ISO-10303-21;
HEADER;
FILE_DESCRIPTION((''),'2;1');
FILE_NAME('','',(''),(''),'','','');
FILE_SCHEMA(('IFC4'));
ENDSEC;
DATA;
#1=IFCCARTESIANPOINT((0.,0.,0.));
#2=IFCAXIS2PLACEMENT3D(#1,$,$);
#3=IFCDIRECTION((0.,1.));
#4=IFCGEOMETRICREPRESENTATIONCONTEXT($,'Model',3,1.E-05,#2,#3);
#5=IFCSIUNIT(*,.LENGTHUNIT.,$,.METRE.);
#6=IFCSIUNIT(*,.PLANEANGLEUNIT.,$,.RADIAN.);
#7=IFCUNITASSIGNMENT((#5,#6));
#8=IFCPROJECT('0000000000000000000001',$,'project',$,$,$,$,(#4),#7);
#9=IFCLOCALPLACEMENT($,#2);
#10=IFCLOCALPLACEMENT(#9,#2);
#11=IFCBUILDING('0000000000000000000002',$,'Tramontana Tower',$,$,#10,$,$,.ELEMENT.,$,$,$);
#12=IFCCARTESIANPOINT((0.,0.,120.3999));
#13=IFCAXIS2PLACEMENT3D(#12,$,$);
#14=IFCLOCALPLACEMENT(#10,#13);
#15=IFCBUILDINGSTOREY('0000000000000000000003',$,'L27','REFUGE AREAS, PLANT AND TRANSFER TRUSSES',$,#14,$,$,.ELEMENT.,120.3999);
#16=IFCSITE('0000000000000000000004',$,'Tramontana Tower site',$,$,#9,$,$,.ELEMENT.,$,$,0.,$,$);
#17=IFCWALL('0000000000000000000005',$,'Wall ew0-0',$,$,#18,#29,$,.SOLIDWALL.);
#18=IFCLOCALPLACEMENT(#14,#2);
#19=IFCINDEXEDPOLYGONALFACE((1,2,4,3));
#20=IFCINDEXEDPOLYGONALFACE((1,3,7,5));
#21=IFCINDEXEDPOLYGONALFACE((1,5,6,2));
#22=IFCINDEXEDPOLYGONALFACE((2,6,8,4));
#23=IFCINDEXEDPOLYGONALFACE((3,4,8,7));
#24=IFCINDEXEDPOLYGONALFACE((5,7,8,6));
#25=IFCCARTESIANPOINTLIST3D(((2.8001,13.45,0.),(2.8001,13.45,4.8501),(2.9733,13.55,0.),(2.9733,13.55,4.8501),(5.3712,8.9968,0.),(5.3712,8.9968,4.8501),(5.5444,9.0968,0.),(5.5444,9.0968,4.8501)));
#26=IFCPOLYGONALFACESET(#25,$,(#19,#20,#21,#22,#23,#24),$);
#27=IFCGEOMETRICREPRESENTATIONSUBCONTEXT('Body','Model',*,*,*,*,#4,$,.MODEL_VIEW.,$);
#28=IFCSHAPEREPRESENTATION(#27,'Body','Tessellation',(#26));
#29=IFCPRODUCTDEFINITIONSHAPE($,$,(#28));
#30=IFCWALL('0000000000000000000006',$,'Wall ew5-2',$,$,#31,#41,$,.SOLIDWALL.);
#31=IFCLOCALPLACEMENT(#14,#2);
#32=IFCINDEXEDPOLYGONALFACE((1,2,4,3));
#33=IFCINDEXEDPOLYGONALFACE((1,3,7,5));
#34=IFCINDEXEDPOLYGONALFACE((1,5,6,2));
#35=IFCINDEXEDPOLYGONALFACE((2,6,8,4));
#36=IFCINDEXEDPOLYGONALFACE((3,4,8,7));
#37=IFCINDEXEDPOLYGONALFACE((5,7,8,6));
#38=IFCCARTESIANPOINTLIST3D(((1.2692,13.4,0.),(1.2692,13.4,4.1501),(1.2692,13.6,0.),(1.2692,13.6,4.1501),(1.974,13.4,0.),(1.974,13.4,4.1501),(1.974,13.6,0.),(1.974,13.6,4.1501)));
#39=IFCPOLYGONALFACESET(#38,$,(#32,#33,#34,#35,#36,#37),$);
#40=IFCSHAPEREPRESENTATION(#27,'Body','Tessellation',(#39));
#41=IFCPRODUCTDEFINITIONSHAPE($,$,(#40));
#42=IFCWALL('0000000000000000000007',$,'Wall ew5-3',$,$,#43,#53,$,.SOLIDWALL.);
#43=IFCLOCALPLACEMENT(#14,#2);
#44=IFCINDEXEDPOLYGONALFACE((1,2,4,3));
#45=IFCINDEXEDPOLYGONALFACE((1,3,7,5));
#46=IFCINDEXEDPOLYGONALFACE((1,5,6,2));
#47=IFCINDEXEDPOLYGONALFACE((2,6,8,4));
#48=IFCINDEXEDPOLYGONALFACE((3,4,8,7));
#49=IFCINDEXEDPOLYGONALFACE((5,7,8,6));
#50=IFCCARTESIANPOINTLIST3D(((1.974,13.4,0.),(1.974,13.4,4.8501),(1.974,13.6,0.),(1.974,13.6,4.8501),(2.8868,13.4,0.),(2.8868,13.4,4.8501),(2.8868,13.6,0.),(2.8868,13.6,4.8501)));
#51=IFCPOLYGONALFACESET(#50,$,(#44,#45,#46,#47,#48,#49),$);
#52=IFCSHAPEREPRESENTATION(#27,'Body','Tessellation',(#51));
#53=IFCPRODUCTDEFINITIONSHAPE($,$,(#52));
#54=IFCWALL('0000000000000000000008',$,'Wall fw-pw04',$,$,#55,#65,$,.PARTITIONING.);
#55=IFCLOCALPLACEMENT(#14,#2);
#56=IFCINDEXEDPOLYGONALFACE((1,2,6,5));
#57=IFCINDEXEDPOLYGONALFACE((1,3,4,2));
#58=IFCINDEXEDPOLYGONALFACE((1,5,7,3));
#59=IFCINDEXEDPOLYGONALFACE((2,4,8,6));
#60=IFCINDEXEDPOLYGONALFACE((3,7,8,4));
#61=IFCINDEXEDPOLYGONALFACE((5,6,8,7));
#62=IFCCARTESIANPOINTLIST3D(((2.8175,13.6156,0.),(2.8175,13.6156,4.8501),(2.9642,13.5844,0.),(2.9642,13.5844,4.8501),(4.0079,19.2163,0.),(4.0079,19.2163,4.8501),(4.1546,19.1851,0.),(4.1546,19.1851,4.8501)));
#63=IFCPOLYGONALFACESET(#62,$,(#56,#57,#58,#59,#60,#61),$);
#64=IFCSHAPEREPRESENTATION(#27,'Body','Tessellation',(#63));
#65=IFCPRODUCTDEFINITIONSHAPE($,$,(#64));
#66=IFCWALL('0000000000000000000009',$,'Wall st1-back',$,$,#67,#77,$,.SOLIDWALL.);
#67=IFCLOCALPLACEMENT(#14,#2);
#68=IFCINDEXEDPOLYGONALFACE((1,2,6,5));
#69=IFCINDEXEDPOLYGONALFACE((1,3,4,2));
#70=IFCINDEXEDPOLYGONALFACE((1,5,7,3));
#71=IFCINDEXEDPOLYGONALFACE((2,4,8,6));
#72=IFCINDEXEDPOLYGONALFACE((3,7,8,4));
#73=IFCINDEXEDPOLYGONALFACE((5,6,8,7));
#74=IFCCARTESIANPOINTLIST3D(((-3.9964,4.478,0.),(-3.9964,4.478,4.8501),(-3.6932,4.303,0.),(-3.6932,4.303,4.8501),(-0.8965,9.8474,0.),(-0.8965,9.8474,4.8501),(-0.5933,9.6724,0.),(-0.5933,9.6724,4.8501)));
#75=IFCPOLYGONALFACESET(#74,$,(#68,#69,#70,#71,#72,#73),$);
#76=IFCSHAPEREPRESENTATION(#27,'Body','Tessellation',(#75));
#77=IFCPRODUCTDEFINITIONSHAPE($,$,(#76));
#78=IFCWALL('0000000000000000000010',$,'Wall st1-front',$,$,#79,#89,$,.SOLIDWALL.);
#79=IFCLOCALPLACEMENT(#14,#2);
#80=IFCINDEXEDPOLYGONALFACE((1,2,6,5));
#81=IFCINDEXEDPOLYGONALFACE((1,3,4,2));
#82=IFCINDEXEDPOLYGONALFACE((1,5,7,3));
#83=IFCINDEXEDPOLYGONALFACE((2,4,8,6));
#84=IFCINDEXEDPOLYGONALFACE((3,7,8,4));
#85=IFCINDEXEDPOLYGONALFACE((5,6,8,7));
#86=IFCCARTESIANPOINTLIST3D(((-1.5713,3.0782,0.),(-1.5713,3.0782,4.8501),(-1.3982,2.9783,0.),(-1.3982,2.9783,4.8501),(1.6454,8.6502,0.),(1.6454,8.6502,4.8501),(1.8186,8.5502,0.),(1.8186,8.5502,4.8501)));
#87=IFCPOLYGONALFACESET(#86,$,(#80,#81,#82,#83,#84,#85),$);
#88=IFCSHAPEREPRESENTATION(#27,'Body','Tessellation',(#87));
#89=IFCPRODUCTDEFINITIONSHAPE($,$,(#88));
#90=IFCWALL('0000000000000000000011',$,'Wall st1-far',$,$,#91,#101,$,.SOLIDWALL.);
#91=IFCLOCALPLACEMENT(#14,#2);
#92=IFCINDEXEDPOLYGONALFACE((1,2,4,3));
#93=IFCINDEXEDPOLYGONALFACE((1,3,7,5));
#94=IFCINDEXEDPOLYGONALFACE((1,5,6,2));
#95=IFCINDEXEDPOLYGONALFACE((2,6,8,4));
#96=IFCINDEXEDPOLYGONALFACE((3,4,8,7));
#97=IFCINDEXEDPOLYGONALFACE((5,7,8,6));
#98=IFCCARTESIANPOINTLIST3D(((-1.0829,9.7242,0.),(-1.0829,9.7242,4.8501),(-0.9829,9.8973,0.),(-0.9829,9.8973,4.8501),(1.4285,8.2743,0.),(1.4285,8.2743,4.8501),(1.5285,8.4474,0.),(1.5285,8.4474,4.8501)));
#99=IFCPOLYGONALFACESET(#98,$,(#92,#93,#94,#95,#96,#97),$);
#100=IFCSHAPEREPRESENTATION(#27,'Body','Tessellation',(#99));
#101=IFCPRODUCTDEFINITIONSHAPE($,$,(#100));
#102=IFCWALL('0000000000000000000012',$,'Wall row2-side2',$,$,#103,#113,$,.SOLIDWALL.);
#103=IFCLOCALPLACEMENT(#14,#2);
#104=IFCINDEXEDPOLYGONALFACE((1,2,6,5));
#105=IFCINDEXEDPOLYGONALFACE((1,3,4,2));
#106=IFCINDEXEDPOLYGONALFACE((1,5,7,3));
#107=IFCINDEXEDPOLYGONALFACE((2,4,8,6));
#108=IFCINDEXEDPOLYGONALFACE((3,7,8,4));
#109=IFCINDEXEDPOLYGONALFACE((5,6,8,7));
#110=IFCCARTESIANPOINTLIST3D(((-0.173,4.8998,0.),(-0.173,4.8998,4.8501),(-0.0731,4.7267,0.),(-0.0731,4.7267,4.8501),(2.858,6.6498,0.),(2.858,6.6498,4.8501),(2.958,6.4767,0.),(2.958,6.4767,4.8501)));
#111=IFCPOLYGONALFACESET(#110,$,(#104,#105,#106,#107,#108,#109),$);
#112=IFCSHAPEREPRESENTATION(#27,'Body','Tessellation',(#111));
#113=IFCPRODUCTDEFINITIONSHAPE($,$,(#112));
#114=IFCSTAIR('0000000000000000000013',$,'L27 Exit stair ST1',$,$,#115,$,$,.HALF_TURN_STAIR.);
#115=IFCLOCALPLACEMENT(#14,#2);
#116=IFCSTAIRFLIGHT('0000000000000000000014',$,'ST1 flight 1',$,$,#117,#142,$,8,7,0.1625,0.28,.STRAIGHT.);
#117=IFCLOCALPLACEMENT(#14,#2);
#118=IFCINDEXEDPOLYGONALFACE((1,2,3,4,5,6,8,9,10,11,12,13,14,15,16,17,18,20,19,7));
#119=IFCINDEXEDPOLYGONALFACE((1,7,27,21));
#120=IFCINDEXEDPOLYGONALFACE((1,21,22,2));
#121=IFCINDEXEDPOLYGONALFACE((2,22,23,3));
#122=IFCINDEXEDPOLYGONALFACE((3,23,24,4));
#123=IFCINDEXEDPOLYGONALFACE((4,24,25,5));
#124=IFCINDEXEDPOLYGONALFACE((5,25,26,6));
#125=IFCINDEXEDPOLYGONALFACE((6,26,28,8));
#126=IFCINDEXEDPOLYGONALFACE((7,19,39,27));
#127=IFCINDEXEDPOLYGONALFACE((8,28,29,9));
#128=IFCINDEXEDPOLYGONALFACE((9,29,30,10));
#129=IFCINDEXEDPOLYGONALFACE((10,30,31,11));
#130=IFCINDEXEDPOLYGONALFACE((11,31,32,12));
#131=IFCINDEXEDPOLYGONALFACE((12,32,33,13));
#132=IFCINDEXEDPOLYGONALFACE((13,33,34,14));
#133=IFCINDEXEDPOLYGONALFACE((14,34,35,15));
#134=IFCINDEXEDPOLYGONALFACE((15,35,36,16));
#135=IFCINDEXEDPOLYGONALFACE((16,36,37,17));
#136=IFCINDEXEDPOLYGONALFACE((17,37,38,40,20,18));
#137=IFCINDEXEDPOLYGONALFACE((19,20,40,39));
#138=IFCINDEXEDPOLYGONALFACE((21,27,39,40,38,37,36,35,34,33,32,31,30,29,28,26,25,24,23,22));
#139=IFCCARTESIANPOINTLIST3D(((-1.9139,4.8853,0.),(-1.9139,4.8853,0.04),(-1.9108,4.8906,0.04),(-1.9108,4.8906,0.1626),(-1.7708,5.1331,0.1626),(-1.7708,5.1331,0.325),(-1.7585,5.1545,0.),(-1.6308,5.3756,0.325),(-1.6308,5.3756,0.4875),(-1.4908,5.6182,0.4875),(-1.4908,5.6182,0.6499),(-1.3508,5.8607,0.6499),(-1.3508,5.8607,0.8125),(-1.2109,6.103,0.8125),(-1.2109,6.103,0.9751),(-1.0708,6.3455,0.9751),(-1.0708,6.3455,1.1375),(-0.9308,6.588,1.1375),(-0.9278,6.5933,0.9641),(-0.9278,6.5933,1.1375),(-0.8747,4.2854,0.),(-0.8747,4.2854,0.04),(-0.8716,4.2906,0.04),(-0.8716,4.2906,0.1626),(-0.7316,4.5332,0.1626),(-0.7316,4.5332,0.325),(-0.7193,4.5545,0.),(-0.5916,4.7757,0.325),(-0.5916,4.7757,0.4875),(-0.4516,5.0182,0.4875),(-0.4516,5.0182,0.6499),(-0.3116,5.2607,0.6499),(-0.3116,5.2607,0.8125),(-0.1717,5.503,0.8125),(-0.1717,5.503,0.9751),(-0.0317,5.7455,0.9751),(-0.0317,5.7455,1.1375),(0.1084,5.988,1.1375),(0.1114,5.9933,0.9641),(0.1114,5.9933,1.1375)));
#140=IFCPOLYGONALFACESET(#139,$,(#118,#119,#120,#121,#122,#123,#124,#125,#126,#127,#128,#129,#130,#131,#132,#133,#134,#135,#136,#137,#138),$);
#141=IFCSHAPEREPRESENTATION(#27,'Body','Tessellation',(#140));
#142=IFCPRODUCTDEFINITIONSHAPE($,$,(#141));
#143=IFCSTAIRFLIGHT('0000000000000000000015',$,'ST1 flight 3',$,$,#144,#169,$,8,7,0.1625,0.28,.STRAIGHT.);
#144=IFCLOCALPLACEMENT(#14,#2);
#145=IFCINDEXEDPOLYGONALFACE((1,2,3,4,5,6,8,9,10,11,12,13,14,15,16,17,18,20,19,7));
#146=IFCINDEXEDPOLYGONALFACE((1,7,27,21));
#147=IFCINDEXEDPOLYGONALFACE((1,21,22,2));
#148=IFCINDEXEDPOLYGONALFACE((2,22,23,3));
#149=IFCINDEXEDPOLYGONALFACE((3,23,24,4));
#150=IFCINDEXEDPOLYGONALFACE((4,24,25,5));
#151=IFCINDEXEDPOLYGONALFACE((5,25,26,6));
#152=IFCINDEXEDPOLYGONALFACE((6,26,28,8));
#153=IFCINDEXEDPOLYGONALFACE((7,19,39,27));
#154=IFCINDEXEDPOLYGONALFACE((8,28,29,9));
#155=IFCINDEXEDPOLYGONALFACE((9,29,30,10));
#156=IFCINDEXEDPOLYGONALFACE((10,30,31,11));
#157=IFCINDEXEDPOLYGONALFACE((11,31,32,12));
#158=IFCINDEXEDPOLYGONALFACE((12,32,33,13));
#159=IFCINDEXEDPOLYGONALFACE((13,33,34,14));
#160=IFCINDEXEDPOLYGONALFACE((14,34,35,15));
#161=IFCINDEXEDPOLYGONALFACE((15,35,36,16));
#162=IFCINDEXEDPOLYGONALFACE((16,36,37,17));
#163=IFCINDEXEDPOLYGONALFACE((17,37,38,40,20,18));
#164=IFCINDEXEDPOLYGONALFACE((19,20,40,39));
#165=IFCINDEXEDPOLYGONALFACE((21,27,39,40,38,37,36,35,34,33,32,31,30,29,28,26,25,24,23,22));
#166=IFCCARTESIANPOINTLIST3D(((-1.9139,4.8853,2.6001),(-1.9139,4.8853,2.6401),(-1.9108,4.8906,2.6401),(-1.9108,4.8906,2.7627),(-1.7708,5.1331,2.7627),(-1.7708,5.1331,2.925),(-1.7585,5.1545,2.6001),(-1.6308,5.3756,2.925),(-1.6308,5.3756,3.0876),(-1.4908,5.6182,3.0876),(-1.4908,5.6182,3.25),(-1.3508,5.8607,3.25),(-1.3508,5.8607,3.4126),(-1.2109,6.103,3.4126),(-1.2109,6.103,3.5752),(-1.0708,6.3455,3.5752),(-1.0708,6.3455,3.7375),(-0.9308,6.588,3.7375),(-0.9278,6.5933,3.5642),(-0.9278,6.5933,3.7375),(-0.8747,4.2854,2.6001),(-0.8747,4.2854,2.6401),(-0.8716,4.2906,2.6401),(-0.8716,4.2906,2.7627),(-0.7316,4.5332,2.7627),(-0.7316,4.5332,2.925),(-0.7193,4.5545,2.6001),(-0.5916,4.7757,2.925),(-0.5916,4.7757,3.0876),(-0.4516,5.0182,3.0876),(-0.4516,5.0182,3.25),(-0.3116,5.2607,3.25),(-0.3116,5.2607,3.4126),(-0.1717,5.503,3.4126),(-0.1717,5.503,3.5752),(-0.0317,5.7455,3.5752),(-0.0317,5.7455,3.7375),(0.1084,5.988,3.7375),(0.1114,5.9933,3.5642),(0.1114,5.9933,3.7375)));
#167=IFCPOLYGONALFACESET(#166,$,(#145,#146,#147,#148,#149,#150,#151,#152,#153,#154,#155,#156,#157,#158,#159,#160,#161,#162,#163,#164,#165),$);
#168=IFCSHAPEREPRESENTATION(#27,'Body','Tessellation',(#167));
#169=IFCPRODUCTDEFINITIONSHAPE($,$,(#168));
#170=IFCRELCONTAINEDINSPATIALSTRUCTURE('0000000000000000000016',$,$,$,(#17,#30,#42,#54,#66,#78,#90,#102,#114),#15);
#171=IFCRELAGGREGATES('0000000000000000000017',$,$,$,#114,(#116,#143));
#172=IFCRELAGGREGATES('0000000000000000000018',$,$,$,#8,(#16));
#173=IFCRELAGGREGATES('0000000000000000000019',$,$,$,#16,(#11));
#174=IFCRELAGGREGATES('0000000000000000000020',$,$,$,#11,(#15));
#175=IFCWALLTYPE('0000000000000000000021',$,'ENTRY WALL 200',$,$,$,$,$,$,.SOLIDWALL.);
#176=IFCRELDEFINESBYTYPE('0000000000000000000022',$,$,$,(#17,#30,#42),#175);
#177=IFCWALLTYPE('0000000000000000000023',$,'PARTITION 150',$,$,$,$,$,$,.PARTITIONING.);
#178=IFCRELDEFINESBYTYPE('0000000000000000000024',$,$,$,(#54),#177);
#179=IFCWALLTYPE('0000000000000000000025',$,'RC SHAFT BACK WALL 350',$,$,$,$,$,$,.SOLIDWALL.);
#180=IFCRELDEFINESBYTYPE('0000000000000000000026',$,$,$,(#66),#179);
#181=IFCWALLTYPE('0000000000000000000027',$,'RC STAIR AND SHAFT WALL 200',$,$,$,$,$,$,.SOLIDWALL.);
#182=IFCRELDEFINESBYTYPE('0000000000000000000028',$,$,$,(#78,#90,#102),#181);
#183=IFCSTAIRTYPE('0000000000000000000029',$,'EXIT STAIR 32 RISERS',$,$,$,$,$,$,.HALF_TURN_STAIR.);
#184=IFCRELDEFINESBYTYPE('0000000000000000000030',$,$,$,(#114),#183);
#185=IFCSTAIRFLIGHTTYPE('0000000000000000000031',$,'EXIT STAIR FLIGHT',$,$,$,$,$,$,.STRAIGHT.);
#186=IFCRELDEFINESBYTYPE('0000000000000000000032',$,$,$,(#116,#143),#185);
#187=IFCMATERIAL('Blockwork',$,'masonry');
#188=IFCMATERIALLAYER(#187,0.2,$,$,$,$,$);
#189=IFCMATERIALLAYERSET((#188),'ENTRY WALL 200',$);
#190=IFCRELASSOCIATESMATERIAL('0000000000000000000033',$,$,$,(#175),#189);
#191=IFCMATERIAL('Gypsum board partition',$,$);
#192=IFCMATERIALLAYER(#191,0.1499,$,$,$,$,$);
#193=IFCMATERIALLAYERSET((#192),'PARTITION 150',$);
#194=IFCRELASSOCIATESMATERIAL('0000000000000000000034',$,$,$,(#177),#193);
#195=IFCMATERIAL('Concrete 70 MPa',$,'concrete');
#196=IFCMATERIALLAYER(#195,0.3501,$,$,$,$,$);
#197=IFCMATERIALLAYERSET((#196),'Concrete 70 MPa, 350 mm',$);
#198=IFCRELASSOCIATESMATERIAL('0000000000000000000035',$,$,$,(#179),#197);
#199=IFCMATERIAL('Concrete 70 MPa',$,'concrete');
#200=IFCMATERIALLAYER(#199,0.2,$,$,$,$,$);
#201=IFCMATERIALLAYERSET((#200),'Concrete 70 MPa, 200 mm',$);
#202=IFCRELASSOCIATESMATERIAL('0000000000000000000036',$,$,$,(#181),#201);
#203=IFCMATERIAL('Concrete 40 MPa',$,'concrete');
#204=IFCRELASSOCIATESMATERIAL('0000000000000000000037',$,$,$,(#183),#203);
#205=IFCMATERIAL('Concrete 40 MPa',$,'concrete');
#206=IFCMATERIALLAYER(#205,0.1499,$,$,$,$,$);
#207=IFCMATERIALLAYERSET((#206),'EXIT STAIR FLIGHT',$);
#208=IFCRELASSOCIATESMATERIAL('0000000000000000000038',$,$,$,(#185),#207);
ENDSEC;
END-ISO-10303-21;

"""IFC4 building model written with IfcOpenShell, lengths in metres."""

from ifc_helpers import new_model, si_unit, direction, frame, frame_2d, origin, place, context, subcontext, project, spatial, polyline, rectangle, outline, extrude, material, layer, layer_set, type_object, element, aggregate, save


model = new_model("IFC4")

# Units and contexts
model_context = context("Model", 3, precision=1e-05, world=origin(), true_north=direction((0.0, 1.0)))
body_context = subcontext(model_context, "Body", "Model", "MODEL_VIEW")
ifc_project = project(units=[si_unit("LENGTHUNIT", "METRE"), si_unit("PLANEANGLEUNIT", "RADIAN")], contexts=[model_context])

# Site, building, storey
site_placement = place(None, origin())
site = spatial("IfcSite", under=ifc_project, at=site_placement, Name="Tramontana Tower site", CompositionType="ELEMENT", RefElevation=0.0)
building_placement = place(site_placement, origin())
building = spatial("IfcBuilding", under=site, at=building_placement, Name="Tramontana Tower", CompositionType="ELEMENT")
storey_placement = place(building_placement, frame((0.0, 0.0, 120.3999)))
storey = spatial("IfcBuildingStorey", under=building, at=storey_placement, Name="L27", Description="REFUGE AREAS, PLANT AND TRANSFER TRUSSES", CompositionType="ELEMENT", Elevation=120.3999)

# Walls
ifc_material_1 = material(Name="Blockwork", Category="masonry")
ifc_layer_1 = layer(ifc_material_1, 0.2)
ifc_layer_set_1 = layer_set([ifc_layer_1], Name="ENTRY WALL 200")
wall_type_1 = type_object("IfcWallType", Name="ENTRY WALL 200", PredefinedType="SOLIDWALL", material=ifc_layer_set_1)
wall_1_placement = place(storey_placement, frame((2.8867, 13.5, 0.0), z_axis=(0.0, 0.0, 1.0), x_axis=(0.500005, -0.866023, 0.0)))
element("IfcWall", 1, at=wall_1_placement, inside=storey, type_object=wall_type_1, Name="Wall ew0-0", PredefinedType="SOLIDWALL", context=body_context, shape_type="SweptSolid", body=[
    extrude(rectangle(XDim=5.1421, YDim=0.2, at=frame_2d((2.571, 0.0))), origin(), (0.0, 0.0, 1.0), 4.8501),
])
wall_2_placement = place(storey_placement, frame((1.269, 13.5, 0.0), z_axis=(0.0, 0.0, 1.0), x_axis=(1.0, 0.0, 0.0)))
element("IfcWall", 2, at=wall_2_placement, inside=storey, type_object=wall_type_1, Name="Wall ew5-2", PredefinedType="SOLIDWALL", context=body_context, shape_type="SweptSolid", body=[
    extrude(rectangle(XDim=0.7048, YDim=0.2, at=frame_2d((0.3525, 0.0))), origin(), (0.0, 0.0, 1.0), 4.1501),
])
wall_3_placement = place(storey_placement, frame((1.9739, 13.5, 0.0), z_axis=(0.0, 0.0, 1.0), x_axis=(1.0, 0.0, 0.0)))
element("IfcWall", 3, at=wall_3_placement, inside=storey, type_object=wall_type_1, Name="Wall ew5-3", PredefinedType="SOLIDWALL", context=body_context, shape_type="SweptSolid", body=[
    extrude(rectangle(XDim=0.9128, YDim=0.2, at=frame_2d((0.4565, 0.0))), origin(), (0.0, 0.0, 1.0), 4.8501),
])
ifc_material_2 = material(Name="Gypsum board partition")
ifc_layer_2 = layer(ifc_material_2, 0.1499)
ifc_layer_set_2 = layer_set([ifc_layer_2], Name="PARTITION 150")
wall_type_2 = type_object("IfcWallType", Name="PARTITION 150", PredefinedType="PARTITIONING", material=ifc_layer_set_2)
wall_4_placement = place(storey_placement, frame((2.8909, 13.6001, 0.0), z_axis=(0.0, 0.0, 1.0), x_axis=(0.207901, 0.97815, 0.0)))
element("IfcWall", 4, at=wall_4_placement, inside=storey, type_object=wall_type_2, Name="Wall fw-pw04", PredefinedType="PARTITIONING", context=body_context, shape_type="SweptSolid", body=[
    extrude(rectangle(XDim=5.7258, YDim=0.1499, at=frame_2d((2.8628, 0.0))), origin(), (0.0, 0.0, 1.0), 4.8501),
])
ifc_material_3 = material(Name="Concrete 70 MPa", Category="concrete")
ifc_layer_3 = layer(ifc_material_3, 0.3501)
ifc_layer_set_3 = layer_set([ifc_layer_3], Name="Concrete 70 MPa, 350 mm")
wall_type_3 = type_object("IfcWallType", Name="RC SHAFT BACK WALL 350", PredefinedType="SOLIDWALL", material=ifc_layer_set_3)
wall_5_placement = place(storey_placement, frame((-0.7449, 9.76, 0.0), z_axis=(0.0, 0.0, 1.0), x_axis=(-0.49998, -0.866037, 0.0)))
element("IfcWall", 5, at=wall_5_placement, inside=storey, type_object=wall_type_3, Name="Wall st1-back", PredefinedType="SOLIDWALL", context=body_context, shape_type="SweptSolid", body=[
    extrude(rectangle(XDim=6.2, YDim=0.3501, at=frame_2d((3.1001, 0.0))), origin(), (0.0, 0.0, 1.0), 4.8501),
])
ifc_material_4 = material(Name="Concrete 70 MPa", Category="concrete")
ifc_layer_4 = layer(ifc_material_4, 0.2)
ifc_layer_set_4 = layer_set([ifc_layer_4], Name="Concrete 70 MPa, 200 mm")
wall_type_4 = type_object("IfcWallType", Name="RC STAIR AND SHAFT WALL 200", PredefinedType="SOLIDWALL", material=ifc_layer_set_4)
wall_6_placement = place(storey_placement, frame((1.7319, 8.6001, 0.0), z_axis=(0.0, 0.0, 1.0), x_axis=(-0.499975, -0.86604, 0.0)))
element("IfcWall", 6, at=wall_6_placement, inside=storey, type_object=wall_type_4, Name="Wall st1-front", PredefinedType="SOLIDWALL", context=body_context, shape_type="SweptSolid", body=[
    extrude(rectangle(XDim=6.4338, YDim=0.2, at=frame_2d((3.2168, 0.0))), origin(), (0.0, 0.0, 1.0), 4.8501),
])
wall_7_placement = place(storey_placement, frame((1.4785, 8.3608, 0.0), z_axis=(0.0, 0.0, 1.0), x_axis=(-0.866033, 0.499987, 0.0)))
element("IfcWall", 7, at=wall_7_placement, inside=storey, type_object=wall_type_4, Name="Wall st1-far", PredefinedType="SOLIDWALL", context=body_context, shape_type="SweptSolid", body=[
    extrude(rectangle(XDim=2.8999, YDim=0.2, at=frame_2d((1.45, 0.0))), origin(), (0.0, 0.0, 1.0), 4.8501),
])
wall_8_placement = place(storey_placement, frame((-0.123, 4.8132, 0.0), z_axis=(0.0, 0.0, 1.0), x_axis=(0.866019, 0.50001, 0.0)))
element("IfcWall", 8, at=wall_8_placement, inside=storey, type_object=wall_type_4, Name="Wall row2-side2", PredefinedType="SOLIDWALL", context=body_context, shape_type="SweptSolid", body=[
    extrude(rectangle(XDim=3.5, YDim=0.2, at=frame_2d((1.75, 0.0))), origin(), (0.0, 0.0, 1.0), 4.8501),
])

# Stair, stair flights
ifc_material_5 = material(Name="Concrete 40 MPa", Category="concrete")
stair_type = type_object("IfcStairType", Name="EXIT STAIR 32 RISERS", PredefinedType="HALF_TURN_STAIR", material=ifc_material_5)
stair_placement = place(storey_placement, origin())
stair = element("IfcStair", 9, at=stair_placement, inside=storey, type_object=stair_type, Name="L27 Exit stair ST1", PredefinedType="HALF_TURN_STAIR")
ifc_material_6 = material(Name="Concrete 40 MPa", Category="concrete")
ifc_layer_5 = layer(ifc_material_6, 0.1499)
ifc_layer_set_5 = layer_set([ifc_layer_5], Name="EXIT STAIR FLIGHT")
stair_flight_type = type_object("IfcStairFlightType", Name="EXIT STAIR FLIGHT", PredefinedType="STRAIGHT", material=ifc_layer_set_5)
stair_flight_1_placement = place(storey_placement, frame((-1.3911, 4.5906, 0.0), z_axis=(0.0, 0.0, 1.0), x_axis=(0.5, 0.866025, 0.0)))
stair_flight_1 = element("IfcStairFlight", 10, at=stair_flight_1_placement, type_object=stair_flight_type, Name="ST1 flight 1", NumberOfRisers=8, NumberOfTreads=7, PredefinedType="STRAIGHT", RiserHeight=0.1625, TreadLength=0.28, context=body_context, shape_type="SweptSolid", body=[
    extrude(outline(polyline([(-0.0061, 0.0), (-0.0061, 0.04), (0.0, 0.04), (0.0, 0.1626), (0.28, 0.1626), (0.28, 0.325), (0.5601, 0.325), (0.5601, 0.4875), (0.8401, 0.4875), (0.8401, 0.6499), (1.1201, 0.6499), (1.1201, 0.8125), (1.3999, 0.8125), (1.3999, 0.9751), (1.6799, 0.9751), (1.6799, 1.1375), (1.96, 1.1375), (1.9661, 1.1375), (1.9661, 0.9641), (0.3047, 0.0), (-0.0061, 0.0)])), frame((0.0, 0.6001, 0.0), z_axis=(0.0, -1.0, 0.0), x_axis=(1.0, 0.0, 0.0)), (0.0, 0.0, 1.0), 1.2),
])
stair_flight_2_placement = place(storey_placement, frame((-1.3911, 4.5906, 2.6001), z_axis=(0.0, 0.0, 1.0), x_axis=(0.5, 0.866025, 0.0)))
stair_flight_2 = element("IfcStairFlight", 11, at=stair_flight_2_placement, type_object=stair_flight_type, Name="ST1 flight 3", NumberOfRisers=8, NumberOfTreads=7, PredefinedType="STRAIGHT", RiserHeight=0.1625, TreadLength=0.28, context=body_context, shape_type="SweptSolid", body=[
    extrude(outline(polyline([(-0.0061, 0.0), (-0.0061, 0.04), (0.0, 0.04), (0.0, 0.1626), (0.28, 0.1626), (0.28, 0.325), (0.5601, 0.325), (0.5601, 0.4875), (0.8401, 0.4875), (0.8401, 0.6499), (1.1201, 0.6499), (1.1201, 0.8125), (1.3999, 0.8125), (1.3999, 0.9751), (1.6799, 0.9751), (1.6799, 1.1375), (1.96, 1.1375), (1.9661, 1.1375), (1.9661, 0.9641), (0.3047, 0.0), (-0.0061, 0.0)])), frame((0.0, 0.6001, 0.0), z_axis=(0.0, -1.0, 0.0), x_axis=(1.0, 0.0, 0.0)), (0.0, 0.0, 1.0), 1.2),
])
aggregate(stair, [stair_flight_1, stair_flight_2])

save(model, "model.ifc")
